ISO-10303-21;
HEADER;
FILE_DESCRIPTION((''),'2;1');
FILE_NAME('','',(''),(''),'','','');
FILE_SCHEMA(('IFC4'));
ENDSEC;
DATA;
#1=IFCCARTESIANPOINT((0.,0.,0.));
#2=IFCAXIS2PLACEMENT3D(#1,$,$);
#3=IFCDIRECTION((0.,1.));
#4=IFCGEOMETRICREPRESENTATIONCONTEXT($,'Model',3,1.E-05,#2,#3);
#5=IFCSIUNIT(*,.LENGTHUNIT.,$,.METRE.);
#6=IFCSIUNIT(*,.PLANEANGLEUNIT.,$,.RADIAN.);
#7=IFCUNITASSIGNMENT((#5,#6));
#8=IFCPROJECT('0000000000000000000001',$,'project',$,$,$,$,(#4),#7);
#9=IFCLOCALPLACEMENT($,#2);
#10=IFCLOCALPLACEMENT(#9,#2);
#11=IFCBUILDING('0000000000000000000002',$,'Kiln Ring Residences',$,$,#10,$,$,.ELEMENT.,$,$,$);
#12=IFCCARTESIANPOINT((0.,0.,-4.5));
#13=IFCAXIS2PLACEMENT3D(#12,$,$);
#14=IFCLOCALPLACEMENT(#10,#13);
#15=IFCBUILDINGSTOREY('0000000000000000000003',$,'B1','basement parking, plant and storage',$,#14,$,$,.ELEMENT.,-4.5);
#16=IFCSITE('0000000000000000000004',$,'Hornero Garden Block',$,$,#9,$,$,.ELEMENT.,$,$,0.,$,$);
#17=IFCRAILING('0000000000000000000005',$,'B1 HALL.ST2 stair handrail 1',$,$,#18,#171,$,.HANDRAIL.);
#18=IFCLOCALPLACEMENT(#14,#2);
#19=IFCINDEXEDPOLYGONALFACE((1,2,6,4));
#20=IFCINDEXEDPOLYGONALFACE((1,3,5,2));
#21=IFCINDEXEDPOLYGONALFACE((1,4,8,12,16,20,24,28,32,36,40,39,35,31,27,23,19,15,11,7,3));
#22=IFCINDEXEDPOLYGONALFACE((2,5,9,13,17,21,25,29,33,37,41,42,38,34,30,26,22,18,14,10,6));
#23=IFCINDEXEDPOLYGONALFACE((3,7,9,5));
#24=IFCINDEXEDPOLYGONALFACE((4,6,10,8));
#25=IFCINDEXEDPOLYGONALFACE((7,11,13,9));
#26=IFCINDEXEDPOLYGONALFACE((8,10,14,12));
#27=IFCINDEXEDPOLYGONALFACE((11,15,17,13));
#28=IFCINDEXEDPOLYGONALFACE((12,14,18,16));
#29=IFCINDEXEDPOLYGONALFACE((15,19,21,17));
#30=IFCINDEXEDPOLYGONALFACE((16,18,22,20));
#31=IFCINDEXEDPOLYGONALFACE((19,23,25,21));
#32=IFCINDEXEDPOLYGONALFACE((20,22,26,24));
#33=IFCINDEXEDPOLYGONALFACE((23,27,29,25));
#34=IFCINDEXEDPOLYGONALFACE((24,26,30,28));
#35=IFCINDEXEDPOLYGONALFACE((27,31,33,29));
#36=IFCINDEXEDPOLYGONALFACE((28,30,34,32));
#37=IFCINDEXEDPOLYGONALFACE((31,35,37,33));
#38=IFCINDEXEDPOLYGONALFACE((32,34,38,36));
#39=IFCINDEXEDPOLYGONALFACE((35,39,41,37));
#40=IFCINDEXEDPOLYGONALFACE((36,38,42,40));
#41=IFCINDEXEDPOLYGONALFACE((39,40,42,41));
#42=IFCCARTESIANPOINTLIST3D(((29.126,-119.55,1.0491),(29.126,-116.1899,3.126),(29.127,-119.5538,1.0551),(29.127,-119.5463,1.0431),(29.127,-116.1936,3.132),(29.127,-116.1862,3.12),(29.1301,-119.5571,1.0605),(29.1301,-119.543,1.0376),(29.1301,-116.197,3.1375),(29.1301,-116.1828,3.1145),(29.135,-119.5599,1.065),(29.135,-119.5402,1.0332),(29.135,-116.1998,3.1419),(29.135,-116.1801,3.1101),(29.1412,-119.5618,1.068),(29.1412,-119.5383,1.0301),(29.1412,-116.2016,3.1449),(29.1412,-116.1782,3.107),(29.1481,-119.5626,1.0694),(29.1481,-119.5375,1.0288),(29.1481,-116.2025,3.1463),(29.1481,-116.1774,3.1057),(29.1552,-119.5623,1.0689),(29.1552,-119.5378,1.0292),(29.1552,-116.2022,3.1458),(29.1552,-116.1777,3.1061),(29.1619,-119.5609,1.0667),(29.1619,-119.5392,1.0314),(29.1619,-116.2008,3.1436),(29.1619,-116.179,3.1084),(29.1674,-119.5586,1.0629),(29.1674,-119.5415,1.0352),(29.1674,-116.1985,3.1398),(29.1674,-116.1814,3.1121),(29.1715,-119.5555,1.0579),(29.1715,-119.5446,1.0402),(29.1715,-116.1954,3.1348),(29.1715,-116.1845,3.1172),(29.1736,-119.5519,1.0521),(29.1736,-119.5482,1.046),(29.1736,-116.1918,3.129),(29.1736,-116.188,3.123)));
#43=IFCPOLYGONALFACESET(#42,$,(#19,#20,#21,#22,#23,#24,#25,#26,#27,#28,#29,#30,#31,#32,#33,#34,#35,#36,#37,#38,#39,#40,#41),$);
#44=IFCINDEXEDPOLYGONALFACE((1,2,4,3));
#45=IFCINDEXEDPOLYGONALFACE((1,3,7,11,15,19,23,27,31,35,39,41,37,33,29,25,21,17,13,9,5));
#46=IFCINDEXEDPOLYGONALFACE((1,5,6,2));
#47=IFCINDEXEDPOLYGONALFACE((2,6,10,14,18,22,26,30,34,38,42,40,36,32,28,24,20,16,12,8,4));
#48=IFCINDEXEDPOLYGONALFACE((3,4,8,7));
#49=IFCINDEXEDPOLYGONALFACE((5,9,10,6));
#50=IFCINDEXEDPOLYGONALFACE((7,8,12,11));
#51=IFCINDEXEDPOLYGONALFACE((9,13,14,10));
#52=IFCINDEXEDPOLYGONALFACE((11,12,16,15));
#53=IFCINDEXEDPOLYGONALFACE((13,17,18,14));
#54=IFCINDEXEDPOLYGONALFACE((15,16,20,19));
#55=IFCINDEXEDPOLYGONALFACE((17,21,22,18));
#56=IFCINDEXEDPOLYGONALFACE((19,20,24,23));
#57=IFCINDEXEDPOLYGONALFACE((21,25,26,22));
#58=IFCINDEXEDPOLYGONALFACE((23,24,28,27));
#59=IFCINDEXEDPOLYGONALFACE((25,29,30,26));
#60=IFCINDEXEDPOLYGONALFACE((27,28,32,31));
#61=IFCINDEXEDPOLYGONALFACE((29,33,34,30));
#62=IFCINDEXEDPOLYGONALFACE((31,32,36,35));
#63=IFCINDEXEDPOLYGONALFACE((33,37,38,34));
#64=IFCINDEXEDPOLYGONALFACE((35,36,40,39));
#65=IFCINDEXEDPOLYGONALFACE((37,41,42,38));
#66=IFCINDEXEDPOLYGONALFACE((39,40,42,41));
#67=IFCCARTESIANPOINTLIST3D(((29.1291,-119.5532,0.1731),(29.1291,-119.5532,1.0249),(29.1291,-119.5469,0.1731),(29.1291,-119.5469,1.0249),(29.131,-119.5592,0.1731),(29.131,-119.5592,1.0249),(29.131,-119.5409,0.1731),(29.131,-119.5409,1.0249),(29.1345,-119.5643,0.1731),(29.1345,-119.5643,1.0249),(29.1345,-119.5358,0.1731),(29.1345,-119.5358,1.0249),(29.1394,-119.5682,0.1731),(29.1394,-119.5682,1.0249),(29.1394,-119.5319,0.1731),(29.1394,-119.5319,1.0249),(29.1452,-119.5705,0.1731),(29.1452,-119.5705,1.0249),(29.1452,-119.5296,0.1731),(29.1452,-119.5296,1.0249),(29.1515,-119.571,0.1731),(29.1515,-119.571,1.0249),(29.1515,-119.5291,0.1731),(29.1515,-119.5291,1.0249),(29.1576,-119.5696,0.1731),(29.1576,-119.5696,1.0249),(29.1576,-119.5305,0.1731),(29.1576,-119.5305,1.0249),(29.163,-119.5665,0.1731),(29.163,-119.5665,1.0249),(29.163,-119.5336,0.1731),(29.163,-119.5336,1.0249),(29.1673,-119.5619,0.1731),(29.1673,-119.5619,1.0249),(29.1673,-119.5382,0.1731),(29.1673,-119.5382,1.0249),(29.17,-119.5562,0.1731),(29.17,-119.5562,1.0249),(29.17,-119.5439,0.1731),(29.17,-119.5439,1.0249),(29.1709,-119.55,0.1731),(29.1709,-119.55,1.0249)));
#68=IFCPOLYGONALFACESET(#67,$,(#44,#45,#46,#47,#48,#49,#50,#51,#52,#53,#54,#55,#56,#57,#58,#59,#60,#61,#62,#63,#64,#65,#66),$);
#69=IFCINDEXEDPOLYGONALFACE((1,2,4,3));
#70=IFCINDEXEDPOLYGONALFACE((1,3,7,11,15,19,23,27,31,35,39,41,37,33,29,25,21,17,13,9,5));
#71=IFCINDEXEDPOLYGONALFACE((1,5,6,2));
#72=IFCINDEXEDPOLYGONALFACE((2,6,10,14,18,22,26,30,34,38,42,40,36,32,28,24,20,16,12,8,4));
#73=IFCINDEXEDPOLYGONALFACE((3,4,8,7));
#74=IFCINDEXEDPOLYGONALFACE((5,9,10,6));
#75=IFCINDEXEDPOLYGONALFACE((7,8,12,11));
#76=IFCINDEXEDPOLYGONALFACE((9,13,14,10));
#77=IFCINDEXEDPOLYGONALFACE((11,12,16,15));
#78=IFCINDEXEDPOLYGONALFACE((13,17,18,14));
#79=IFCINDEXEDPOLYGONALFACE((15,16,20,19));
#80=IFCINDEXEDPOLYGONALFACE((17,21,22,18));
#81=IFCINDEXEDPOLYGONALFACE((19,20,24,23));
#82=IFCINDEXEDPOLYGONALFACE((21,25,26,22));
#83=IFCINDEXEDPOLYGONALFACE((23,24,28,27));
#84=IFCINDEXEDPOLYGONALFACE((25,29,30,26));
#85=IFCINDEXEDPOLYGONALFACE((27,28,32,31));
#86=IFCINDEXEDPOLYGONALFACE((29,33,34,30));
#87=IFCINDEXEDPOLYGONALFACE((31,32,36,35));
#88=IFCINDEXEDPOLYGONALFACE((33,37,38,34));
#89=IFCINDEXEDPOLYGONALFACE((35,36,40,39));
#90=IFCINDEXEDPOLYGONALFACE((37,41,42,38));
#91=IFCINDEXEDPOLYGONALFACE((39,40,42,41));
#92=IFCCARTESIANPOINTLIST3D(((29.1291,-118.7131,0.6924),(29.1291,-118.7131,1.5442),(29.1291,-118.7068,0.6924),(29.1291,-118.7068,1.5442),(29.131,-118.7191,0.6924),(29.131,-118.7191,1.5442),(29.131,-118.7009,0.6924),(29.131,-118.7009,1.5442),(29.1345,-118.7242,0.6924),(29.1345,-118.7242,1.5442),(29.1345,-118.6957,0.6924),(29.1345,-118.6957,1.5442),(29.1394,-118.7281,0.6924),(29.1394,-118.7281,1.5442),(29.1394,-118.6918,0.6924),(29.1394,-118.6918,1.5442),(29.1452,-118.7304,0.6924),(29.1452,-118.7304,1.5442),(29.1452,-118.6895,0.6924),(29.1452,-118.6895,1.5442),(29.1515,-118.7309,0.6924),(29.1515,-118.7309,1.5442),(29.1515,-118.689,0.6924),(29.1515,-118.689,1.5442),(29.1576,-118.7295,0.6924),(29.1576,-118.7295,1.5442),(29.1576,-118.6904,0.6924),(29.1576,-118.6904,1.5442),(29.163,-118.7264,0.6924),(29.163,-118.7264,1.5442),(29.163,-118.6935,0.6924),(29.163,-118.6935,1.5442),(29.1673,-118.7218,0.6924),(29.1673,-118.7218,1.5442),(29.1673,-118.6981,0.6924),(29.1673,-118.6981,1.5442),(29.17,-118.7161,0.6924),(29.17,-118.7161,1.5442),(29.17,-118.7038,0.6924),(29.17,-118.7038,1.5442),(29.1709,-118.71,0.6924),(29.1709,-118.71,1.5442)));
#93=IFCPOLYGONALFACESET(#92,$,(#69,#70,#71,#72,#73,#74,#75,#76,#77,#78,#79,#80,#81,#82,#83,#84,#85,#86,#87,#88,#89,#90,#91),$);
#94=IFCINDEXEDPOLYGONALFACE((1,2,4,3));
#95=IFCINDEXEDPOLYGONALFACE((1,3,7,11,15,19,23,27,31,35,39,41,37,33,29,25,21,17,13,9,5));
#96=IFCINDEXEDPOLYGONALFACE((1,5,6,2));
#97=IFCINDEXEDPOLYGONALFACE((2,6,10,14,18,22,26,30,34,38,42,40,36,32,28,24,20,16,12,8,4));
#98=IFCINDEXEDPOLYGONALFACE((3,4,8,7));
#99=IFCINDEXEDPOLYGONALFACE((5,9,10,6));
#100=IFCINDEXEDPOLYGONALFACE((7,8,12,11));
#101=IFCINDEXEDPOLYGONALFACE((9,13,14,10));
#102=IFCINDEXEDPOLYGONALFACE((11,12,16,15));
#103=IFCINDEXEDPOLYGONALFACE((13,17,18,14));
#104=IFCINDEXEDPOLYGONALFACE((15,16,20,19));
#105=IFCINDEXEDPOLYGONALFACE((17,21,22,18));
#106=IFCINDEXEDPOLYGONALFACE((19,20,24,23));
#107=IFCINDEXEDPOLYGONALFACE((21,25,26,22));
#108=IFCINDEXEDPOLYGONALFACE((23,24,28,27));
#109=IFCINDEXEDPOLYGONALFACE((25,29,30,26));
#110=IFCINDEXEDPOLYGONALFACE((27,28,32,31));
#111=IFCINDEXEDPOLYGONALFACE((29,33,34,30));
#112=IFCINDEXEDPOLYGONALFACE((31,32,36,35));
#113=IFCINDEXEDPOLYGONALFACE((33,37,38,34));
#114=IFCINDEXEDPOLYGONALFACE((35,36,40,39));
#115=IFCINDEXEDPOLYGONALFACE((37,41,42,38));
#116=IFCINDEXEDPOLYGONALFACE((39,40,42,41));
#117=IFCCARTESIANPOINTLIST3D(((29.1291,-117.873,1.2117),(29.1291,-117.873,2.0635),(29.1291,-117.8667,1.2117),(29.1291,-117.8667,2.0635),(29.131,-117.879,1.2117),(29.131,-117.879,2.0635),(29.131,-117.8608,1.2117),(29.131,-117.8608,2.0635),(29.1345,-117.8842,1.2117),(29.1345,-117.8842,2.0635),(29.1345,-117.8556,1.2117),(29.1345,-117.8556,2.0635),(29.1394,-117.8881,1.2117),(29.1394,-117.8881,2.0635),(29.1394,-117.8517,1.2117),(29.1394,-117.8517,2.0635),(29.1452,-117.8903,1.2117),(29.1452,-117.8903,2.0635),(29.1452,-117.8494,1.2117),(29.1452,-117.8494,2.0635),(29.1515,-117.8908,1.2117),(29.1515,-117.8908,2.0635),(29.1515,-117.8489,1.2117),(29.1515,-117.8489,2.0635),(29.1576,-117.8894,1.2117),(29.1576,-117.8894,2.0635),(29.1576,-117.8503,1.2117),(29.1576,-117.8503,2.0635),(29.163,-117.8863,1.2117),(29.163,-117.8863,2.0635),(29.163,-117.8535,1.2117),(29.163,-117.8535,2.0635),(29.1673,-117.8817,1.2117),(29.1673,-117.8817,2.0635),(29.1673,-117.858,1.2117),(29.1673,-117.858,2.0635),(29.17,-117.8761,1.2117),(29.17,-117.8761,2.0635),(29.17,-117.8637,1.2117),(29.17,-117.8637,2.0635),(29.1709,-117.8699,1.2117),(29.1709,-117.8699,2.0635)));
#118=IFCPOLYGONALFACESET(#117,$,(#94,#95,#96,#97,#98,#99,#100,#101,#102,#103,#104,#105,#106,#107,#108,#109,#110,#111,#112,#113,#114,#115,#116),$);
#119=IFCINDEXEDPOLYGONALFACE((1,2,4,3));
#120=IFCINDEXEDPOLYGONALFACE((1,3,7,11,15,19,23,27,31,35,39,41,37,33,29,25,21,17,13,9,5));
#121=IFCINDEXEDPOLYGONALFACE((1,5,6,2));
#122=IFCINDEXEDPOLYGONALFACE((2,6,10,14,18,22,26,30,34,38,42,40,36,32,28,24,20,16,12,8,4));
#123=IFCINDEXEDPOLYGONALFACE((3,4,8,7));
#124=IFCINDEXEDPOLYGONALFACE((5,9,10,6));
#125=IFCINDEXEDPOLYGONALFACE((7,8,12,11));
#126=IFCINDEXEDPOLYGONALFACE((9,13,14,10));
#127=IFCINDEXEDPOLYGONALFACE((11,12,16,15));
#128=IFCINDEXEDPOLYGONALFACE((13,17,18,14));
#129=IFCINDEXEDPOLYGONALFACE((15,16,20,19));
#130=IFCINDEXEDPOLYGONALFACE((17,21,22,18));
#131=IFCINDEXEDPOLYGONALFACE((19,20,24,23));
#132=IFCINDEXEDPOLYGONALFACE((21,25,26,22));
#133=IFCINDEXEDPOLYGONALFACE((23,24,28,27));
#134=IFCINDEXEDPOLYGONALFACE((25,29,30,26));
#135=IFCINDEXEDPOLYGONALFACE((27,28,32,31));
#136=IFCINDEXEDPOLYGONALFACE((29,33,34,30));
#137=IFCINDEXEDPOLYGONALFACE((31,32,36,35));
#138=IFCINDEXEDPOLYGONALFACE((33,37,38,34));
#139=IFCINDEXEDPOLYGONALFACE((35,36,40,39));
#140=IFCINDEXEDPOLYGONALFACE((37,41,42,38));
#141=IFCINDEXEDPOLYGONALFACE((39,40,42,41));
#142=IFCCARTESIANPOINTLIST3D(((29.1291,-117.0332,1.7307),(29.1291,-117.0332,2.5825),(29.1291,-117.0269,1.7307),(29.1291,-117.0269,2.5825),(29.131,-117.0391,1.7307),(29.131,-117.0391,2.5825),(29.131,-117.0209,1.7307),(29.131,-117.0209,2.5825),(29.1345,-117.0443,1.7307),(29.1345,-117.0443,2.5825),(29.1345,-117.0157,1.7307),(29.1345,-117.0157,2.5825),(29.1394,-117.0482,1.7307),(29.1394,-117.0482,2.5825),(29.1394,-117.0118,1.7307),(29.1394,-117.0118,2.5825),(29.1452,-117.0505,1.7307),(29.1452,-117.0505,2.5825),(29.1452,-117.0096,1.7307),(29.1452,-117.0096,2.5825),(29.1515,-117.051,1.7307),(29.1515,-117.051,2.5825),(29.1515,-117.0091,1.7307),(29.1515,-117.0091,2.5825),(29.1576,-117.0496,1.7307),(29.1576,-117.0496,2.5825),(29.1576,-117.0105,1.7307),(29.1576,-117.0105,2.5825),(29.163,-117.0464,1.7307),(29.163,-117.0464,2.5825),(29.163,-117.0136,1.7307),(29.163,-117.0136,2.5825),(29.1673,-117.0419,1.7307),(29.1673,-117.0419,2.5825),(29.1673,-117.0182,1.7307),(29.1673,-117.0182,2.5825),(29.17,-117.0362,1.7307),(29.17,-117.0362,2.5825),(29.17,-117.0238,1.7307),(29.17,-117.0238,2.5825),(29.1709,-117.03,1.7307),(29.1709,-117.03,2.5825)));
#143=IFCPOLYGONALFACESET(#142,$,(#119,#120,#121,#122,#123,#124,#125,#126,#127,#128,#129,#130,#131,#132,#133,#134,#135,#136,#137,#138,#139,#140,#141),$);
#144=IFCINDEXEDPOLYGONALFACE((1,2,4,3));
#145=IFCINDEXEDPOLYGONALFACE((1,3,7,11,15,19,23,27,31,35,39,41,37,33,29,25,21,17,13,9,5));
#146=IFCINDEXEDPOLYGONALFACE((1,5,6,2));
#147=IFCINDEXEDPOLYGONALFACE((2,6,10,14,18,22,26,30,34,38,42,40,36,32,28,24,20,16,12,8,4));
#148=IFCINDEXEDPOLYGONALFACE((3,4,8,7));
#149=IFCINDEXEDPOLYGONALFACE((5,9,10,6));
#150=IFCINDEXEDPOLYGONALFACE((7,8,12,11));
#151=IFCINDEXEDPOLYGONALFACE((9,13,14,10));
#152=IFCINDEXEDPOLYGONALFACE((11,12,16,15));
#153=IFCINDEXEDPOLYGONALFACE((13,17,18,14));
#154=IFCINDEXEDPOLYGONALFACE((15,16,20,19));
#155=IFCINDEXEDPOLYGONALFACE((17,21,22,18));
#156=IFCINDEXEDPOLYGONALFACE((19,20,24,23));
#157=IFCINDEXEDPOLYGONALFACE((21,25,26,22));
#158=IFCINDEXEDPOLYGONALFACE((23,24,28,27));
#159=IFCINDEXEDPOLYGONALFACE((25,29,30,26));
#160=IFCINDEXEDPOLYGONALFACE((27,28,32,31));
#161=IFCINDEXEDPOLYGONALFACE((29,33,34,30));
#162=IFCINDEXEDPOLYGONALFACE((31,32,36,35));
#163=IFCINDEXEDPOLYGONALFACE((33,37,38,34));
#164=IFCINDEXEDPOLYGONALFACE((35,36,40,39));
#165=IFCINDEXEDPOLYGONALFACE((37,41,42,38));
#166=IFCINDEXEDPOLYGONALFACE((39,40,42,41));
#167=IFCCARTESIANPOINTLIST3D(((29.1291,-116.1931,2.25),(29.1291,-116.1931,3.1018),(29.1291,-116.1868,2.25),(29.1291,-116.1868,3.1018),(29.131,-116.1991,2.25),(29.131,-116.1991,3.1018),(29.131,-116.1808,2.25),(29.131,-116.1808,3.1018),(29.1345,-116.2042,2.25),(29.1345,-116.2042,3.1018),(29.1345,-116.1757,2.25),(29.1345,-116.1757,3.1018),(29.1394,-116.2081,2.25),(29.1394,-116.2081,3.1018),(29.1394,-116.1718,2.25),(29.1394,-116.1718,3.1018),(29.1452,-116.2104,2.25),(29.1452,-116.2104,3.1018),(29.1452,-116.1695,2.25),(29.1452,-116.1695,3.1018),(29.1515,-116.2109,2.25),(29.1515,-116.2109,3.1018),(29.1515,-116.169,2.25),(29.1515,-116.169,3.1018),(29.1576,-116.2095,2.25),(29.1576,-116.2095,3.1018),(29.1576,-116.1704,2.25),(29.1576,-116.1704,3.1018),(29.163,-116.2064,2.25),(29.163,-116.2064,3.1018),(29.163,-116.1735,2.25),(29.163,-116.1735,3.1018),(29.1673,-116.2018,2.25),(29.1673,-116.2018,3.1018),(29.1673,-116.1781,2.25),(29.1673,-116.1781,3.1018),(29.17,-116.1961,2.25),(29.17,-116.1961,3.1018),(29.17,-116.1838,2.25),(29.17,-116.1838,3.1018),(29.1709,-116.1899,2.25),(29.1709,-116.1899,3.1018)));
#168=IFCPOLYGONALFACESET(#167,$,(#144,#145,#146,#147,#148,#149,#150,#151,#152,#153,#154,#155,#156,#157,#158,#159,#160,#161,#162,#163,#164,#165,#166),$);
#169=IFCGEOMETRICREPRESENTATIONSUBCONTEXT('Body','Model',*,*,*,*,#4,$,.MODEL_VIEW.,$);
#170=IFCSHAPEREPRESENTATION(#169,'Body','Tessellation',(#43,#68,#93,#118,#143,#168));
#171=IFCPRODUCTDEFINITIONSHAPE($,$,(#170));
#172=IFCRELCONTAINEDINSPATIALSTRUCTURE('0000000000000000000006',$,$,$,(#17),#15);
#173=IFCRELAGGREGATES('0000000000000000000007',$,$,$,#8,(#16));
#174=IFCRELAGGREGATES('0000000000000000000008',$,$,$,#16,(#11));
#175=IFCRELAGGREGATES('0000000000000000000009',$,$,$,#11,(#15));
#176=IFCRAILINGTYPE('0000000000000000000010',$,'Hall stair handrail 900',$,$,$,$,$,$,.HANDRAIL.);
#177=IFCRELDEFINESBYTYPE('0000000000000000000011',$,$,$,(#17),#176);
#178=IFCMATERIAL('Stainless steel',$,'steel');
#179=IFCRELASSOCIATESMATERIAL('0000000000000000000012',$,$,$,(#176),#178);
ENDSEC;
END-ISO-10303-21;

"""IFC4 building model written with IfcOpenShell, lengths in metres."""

from ifc_helpers import new_model, si_unit, direction, frame, origin, origin_2d, place, context, subcontext, project, spatial, circle, extrude, material, type_object, element, save


model = new_model("IFC4")

# Units and contexts
model_context = context("Model", 3, precision=1e-05, world=origin(), true_north=direction((0.0, 1.0)))
body_context = subcontext(model_context, "Body", "Model", "MODEL_VIEW")
ifc_project = project(units=[si_unit("LENGTHUNIT", "METRE"), si_unit("PLANEANGLEUNIT", "RADIAN")], contexts=[model_context])

# Site, building, storey
site_placement = place(None, origin())
site = spatial("IfcSite", under=ifc_project, at=site_placement, Name="Hornero Garden Block", CompositionType="ELEMENT", RefElevation=0.0)
building_placement = place(site_placement, origin())
building = spatial("IfcBuilding", under=site, at=building_placement, Name="Kiln Ring Residences", CompositionType="ELEMENT")
storey_placement = place(building_placement, frame((0.0, 0.0, -4.5)))
storey = spatial("IfcBuildingStorey", under=building, at=storey_placement, Name="B1", Description="basement parking, plant and storage", CompositionType="ELEMENT", Elevation=-4.5)

# Railing
ifc_material_1 = material(Name="Stainless steel", Category="steel")
railing_type_1 = type_object("IfcRailingType", Name="Hall stair handrail 900", PredefinedType="HANDRAIL", material=ifc_material_1)
railing_1_placement = place(storey_placement, frame((29.1499, -119.55, 0.1731)))
element("IfcRailing", 1, at=railing_1_placement, inside=storey, type_object=railing_type_1, Name="B1 HALL.ST2 stair handrail 1", PredefinedType="HANDRAIL", context=body_context, shape_type="SweptSolid", body=[
    extrude(circle(Radius=0.0239, at=origin_2d()), frame((0.0, 0.0, 0.876), z_axis=(0.0, 0.850623, 0.525776), x_axis=(-1.0, 0.0, 0.0)), (0.0, 0.0, 1.0), 3.9502),
    extrude(circle(Radius=0.021, at=origin_2d()), origin(), (0.0, 0.0, 1.0), 0.8518),
    extrude(circle(Radius=0.021, at=origin_2d()), frame((0.0, 0.8401, 0.5193)), (0.0, 0.0, 1.0), 0.8518),
    extrude(circle(Radius=0.021, at=origin_2d()), frame((0.0, 1.6802, 1.0386)), (0.0, 0.0, 1.0), 0.8518),
    extrude(circle(Radius=0.021, at=origin_2d()), frame((0.0, 2.52, 1.5576)), (0.0, 0.0, 1.0), 0.8518),
    extrude(circle(Radius=0.021, at=origin_2d()), frame((0.0, 3.3601, 2.0769)), (0.0, 0.0, 1.0), 0.8518),
])

save(model, "model.ifc")
